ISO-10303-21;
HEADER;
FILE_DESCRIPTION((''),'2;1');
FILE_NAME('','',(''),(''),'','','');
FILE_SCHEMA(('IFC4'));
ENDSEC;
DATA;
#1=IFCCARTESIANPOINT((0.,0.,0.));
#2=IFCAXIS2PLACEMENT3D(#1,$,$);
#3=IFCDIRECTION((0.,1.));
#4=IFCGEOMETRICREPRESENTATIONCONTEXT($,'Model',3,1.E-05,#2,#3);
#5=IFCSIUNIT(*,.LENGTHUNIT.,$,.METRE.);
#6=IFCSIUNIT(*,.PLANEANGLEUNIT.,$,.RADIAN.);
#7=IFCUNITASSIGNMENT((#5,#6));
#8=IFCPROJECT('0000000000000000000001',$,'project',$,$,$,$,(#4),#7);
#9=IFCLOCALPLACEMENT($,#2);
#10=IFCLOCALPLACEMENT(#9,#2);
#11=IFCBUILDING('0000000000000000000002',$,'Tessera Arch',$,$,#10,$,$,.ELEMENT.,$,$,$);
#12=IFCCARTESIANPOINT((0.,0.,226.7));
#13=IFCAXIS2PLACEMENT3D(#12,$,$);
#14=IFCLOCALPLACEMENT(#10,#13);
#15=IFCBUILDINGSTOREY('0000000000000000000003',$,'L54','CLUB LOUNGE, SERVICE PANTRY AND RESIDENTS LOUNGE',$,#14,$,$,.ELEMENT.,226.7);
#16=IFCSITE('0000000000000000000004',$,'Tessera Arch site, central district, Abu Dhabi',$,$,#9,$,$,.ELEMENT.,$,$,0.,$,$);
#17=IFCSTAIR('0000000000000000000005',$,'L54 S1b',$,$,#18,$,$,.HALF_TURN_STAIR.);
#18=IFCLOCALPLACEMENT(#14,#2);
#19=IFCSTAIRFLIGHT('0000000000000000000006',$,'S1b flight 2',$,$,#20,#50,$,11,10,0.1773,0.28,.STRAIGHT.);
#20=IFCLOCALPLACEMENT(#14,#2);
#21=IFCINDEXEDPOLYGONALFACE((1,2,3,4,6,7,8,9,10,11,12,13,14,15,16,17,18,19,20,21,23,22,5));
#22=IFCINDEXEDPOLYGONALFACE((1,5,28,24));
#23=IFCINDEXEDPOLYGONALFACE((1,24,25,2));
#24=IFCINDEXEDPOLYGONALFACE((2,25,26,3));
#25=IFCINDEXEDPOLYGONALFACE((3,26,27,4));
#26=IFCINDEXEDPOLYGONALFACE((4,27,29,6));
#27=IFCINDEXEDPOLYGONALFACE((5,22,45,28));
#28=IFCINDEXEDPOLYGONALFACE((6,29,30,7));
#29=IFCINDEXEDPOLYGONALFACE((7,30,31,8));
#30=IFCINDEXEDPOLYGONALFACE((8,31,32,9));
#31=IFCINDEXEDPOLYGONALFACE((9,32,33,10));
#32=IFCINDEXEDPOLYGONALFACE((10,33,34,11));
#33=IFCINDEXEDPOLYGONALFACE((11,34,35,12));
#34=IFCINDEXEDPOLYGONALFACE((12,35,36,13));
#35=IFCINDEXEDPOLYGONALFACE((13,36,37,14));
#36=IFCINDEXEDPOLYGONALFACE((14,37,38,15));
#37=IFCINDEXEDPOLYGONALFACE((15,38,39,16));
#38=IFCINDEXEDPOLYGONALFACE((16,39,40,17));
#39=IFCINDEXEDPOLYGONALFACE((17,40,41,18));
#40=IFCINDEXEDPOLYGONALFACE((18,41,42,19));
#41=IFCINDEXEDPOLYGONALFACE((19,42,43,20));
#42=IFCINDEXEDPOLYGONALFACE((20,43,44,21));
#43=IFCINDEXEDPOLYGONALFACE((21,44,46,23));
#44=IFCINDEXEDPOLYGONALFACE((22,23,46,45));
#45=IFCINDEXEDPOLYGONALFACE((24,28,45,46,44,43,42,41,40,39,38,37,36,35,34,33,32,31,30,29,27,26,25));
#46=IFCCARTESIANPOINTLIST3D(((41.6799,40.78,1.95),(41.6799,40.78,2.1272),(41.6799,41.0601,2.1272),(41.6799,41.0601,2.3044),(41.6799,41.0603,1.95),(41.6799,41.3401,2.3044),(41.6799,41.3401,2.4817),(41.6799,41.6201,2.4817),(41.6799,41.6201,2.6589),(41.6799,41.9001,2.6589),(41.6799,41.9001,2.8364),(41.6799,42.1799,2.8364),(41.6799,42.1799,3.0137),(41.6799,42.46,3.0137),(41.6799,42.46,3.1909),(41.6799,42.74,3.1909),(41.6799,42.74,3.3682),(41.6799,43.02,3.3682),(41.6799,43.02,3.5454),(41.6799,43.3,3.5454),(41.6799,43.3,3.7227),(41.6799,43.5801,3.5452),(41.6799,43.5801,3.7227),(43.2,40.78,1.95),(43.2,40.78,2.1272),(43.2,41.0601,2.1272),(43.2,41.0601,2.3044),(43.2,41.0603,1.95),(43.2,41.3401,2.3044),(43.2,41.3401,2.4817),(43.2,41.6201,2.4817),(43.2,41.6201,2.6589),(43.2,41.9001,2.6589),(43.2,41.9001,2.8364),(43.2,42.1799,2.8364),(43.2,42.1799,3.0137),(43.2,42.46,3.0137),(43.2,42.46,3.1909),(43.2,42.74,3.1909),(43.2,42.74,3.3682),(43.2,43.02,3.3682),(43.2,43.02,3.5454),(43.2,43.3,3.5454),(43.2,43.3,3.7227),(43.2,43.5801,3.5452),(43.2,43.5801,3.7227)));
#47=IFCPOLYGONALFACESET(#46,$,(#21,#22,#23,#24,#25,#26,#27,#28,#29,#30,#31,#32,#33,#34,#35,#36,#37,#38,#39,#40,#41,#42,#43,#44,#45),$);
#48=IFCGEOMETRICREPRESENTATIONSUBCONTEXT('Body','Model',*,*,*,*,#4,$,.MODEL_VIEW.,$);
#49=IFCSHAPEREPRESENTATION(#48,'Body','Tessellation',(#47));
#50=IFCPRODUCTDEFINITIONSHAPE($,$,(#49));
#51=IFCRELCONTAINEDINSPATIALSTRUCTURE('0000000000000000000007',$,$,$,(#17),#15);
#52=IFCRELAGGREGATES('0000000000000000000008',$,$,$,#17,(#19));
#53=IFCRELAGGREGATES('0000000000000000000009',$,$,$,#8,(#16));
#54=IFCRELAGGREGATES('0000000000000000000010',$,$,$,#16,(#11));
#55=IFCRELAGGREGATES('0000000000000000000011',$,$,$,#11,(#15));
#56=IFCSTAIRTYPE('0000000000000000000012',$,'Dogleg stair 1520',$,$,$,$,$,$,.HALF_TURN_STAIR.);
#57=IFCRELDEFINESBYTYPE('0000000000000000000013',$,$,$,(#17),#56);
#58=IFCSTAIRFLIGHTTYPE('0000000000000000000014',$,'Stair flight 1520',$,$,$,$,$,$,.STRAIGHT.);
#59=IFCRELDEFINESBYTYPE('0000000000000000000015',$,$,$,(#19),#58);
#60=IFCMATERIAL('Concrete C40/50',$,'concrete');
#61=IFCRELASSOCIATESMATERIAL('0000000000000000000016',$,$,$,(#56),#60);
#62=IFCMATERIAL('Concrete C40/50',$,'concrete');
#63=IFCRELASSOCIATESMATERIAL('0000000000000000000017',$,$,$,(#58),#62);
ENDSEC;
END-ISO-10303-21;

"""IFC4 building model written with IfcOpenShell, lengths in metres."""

from ifc_helpers import new_model, si_unit, direction, frame, origin, place, context, subcontext, project, spatial, polyline, outline, extrude, material, type_object, element, aggregate, save


model = new_model("IFC4")

# Units and contexts
model_context = context("Model", 3, precision=1e-05, world=origin(), true_north=direction((0.0, 1.0)))
body_context = subcontext(model_context, "Body", "Model", "MODEL_VIEW")
ifc_project = project(units=[si_unit("LENGTHUNIT", "METRE"), si_unit("PLANEANGLEUNIT", "RADIAN")], contexts=[model_context])

# Site, building, storey
site_placement = place(None, origin())
site = spatial("IfcSite", under=ifc_project, at=site_placement, Name="Tessera Arch site, central district, Abu Dhabi", CompositionType="ELEMENT", RefElevation=0.0)
building_placement = place(site_placement, origin())
building = spatial("IfcBuilding", under=site, at=building_placement, Name="Tessera Arch", CompositionType="ELEMENT")
storey_placement = place(building_placement, frame((0.0, 0.0, 226.7)))
storey = spatial("IfcBuildingStorey", under=building, at=storey_placement, Name="L54", Description="CLUB LOUNGE, SERVICE PANTRY AND RESIDENTS LOUNGE", CompositionType="ELEMENT", Elevation=226.7)

# Stair, stair flight
ifc_material_1 = material(Name="Concrete C40/50", Category="concrete")
stair_type = type_object("IfcStairType", Name="Dogleg stair 1520", PredefinedType="HALF_TURN_STAIR", material=ifc_material_1)
ifc_material_2 = material(Name="Concrete C40/50", Category="concrete")
stair_flight_type = type_object("IfcStairFlightType", Name="Stair flight 1520", PredefinedType="STRAIGHT", material=ifc_material_2)
stair_1_placement = place(storey_placement, origin())
stair_1 = element("IfcStair", 1, at=stair_1_placement, inside=storey, type_object=stair_type, Name="L54 S1b", PredefinedType="HALF_TURN_STAIR")
stair_flight_1_placement = place(storey_placement, frame((42.4399, 40.78, 1.95), z_axis=(0.0, 0.0, 1.0), x_axis=(0.0, 1.0, 0.0)))
stair_flight_1 = element("IfcStairFlight", 2, at=stair_flight_1_placement, type_object=stair_flight_type, Name="S1b flight 2", NumberOfRisers=11, NumberOfTreads=10, PredefinedType="STRAIGHT", RiserHeight=0.1773, TreadLength=0.28, context=body_context, shape_type="SweptSolid", body=[
    extrude(outline(polyline([(0.0, 0.0), (0.0, 0.1772), (0.28, 0.1772), (0.28, 0.3545), (0.5601, 0.3545), (0.5601, 0.5317), (0.8401, 0.5317), (0.8401, 0.709), (1.1201, 0.709), (1.1201, 0.8865), (1.3999, 0.8865), (1.3999, 1.0637), (1.6799, 1.0637), (1.6799, 1.241), (1.96, 1.241), (1.96, 1.4182), (2.24, 1.4182), (2.24, 1.5955), (2.52, 1.5955), (2.52, 1.7727), (2.8, 1.7727), (2.8, 1.95), (2.8, 1.5952), (0.2803, 0.0), (0.0, 0.0)])), frame((0.0, 0.76, 0.0), z_axis=(0.0, -1.0, 0.0), x_axis=(1.0, 0.0, 0.0)), (0.0, 0.0, 1.0), 1.52),
])
aggregate(stair_1, [stair_flight_1])

save(model, "model.ifc")
